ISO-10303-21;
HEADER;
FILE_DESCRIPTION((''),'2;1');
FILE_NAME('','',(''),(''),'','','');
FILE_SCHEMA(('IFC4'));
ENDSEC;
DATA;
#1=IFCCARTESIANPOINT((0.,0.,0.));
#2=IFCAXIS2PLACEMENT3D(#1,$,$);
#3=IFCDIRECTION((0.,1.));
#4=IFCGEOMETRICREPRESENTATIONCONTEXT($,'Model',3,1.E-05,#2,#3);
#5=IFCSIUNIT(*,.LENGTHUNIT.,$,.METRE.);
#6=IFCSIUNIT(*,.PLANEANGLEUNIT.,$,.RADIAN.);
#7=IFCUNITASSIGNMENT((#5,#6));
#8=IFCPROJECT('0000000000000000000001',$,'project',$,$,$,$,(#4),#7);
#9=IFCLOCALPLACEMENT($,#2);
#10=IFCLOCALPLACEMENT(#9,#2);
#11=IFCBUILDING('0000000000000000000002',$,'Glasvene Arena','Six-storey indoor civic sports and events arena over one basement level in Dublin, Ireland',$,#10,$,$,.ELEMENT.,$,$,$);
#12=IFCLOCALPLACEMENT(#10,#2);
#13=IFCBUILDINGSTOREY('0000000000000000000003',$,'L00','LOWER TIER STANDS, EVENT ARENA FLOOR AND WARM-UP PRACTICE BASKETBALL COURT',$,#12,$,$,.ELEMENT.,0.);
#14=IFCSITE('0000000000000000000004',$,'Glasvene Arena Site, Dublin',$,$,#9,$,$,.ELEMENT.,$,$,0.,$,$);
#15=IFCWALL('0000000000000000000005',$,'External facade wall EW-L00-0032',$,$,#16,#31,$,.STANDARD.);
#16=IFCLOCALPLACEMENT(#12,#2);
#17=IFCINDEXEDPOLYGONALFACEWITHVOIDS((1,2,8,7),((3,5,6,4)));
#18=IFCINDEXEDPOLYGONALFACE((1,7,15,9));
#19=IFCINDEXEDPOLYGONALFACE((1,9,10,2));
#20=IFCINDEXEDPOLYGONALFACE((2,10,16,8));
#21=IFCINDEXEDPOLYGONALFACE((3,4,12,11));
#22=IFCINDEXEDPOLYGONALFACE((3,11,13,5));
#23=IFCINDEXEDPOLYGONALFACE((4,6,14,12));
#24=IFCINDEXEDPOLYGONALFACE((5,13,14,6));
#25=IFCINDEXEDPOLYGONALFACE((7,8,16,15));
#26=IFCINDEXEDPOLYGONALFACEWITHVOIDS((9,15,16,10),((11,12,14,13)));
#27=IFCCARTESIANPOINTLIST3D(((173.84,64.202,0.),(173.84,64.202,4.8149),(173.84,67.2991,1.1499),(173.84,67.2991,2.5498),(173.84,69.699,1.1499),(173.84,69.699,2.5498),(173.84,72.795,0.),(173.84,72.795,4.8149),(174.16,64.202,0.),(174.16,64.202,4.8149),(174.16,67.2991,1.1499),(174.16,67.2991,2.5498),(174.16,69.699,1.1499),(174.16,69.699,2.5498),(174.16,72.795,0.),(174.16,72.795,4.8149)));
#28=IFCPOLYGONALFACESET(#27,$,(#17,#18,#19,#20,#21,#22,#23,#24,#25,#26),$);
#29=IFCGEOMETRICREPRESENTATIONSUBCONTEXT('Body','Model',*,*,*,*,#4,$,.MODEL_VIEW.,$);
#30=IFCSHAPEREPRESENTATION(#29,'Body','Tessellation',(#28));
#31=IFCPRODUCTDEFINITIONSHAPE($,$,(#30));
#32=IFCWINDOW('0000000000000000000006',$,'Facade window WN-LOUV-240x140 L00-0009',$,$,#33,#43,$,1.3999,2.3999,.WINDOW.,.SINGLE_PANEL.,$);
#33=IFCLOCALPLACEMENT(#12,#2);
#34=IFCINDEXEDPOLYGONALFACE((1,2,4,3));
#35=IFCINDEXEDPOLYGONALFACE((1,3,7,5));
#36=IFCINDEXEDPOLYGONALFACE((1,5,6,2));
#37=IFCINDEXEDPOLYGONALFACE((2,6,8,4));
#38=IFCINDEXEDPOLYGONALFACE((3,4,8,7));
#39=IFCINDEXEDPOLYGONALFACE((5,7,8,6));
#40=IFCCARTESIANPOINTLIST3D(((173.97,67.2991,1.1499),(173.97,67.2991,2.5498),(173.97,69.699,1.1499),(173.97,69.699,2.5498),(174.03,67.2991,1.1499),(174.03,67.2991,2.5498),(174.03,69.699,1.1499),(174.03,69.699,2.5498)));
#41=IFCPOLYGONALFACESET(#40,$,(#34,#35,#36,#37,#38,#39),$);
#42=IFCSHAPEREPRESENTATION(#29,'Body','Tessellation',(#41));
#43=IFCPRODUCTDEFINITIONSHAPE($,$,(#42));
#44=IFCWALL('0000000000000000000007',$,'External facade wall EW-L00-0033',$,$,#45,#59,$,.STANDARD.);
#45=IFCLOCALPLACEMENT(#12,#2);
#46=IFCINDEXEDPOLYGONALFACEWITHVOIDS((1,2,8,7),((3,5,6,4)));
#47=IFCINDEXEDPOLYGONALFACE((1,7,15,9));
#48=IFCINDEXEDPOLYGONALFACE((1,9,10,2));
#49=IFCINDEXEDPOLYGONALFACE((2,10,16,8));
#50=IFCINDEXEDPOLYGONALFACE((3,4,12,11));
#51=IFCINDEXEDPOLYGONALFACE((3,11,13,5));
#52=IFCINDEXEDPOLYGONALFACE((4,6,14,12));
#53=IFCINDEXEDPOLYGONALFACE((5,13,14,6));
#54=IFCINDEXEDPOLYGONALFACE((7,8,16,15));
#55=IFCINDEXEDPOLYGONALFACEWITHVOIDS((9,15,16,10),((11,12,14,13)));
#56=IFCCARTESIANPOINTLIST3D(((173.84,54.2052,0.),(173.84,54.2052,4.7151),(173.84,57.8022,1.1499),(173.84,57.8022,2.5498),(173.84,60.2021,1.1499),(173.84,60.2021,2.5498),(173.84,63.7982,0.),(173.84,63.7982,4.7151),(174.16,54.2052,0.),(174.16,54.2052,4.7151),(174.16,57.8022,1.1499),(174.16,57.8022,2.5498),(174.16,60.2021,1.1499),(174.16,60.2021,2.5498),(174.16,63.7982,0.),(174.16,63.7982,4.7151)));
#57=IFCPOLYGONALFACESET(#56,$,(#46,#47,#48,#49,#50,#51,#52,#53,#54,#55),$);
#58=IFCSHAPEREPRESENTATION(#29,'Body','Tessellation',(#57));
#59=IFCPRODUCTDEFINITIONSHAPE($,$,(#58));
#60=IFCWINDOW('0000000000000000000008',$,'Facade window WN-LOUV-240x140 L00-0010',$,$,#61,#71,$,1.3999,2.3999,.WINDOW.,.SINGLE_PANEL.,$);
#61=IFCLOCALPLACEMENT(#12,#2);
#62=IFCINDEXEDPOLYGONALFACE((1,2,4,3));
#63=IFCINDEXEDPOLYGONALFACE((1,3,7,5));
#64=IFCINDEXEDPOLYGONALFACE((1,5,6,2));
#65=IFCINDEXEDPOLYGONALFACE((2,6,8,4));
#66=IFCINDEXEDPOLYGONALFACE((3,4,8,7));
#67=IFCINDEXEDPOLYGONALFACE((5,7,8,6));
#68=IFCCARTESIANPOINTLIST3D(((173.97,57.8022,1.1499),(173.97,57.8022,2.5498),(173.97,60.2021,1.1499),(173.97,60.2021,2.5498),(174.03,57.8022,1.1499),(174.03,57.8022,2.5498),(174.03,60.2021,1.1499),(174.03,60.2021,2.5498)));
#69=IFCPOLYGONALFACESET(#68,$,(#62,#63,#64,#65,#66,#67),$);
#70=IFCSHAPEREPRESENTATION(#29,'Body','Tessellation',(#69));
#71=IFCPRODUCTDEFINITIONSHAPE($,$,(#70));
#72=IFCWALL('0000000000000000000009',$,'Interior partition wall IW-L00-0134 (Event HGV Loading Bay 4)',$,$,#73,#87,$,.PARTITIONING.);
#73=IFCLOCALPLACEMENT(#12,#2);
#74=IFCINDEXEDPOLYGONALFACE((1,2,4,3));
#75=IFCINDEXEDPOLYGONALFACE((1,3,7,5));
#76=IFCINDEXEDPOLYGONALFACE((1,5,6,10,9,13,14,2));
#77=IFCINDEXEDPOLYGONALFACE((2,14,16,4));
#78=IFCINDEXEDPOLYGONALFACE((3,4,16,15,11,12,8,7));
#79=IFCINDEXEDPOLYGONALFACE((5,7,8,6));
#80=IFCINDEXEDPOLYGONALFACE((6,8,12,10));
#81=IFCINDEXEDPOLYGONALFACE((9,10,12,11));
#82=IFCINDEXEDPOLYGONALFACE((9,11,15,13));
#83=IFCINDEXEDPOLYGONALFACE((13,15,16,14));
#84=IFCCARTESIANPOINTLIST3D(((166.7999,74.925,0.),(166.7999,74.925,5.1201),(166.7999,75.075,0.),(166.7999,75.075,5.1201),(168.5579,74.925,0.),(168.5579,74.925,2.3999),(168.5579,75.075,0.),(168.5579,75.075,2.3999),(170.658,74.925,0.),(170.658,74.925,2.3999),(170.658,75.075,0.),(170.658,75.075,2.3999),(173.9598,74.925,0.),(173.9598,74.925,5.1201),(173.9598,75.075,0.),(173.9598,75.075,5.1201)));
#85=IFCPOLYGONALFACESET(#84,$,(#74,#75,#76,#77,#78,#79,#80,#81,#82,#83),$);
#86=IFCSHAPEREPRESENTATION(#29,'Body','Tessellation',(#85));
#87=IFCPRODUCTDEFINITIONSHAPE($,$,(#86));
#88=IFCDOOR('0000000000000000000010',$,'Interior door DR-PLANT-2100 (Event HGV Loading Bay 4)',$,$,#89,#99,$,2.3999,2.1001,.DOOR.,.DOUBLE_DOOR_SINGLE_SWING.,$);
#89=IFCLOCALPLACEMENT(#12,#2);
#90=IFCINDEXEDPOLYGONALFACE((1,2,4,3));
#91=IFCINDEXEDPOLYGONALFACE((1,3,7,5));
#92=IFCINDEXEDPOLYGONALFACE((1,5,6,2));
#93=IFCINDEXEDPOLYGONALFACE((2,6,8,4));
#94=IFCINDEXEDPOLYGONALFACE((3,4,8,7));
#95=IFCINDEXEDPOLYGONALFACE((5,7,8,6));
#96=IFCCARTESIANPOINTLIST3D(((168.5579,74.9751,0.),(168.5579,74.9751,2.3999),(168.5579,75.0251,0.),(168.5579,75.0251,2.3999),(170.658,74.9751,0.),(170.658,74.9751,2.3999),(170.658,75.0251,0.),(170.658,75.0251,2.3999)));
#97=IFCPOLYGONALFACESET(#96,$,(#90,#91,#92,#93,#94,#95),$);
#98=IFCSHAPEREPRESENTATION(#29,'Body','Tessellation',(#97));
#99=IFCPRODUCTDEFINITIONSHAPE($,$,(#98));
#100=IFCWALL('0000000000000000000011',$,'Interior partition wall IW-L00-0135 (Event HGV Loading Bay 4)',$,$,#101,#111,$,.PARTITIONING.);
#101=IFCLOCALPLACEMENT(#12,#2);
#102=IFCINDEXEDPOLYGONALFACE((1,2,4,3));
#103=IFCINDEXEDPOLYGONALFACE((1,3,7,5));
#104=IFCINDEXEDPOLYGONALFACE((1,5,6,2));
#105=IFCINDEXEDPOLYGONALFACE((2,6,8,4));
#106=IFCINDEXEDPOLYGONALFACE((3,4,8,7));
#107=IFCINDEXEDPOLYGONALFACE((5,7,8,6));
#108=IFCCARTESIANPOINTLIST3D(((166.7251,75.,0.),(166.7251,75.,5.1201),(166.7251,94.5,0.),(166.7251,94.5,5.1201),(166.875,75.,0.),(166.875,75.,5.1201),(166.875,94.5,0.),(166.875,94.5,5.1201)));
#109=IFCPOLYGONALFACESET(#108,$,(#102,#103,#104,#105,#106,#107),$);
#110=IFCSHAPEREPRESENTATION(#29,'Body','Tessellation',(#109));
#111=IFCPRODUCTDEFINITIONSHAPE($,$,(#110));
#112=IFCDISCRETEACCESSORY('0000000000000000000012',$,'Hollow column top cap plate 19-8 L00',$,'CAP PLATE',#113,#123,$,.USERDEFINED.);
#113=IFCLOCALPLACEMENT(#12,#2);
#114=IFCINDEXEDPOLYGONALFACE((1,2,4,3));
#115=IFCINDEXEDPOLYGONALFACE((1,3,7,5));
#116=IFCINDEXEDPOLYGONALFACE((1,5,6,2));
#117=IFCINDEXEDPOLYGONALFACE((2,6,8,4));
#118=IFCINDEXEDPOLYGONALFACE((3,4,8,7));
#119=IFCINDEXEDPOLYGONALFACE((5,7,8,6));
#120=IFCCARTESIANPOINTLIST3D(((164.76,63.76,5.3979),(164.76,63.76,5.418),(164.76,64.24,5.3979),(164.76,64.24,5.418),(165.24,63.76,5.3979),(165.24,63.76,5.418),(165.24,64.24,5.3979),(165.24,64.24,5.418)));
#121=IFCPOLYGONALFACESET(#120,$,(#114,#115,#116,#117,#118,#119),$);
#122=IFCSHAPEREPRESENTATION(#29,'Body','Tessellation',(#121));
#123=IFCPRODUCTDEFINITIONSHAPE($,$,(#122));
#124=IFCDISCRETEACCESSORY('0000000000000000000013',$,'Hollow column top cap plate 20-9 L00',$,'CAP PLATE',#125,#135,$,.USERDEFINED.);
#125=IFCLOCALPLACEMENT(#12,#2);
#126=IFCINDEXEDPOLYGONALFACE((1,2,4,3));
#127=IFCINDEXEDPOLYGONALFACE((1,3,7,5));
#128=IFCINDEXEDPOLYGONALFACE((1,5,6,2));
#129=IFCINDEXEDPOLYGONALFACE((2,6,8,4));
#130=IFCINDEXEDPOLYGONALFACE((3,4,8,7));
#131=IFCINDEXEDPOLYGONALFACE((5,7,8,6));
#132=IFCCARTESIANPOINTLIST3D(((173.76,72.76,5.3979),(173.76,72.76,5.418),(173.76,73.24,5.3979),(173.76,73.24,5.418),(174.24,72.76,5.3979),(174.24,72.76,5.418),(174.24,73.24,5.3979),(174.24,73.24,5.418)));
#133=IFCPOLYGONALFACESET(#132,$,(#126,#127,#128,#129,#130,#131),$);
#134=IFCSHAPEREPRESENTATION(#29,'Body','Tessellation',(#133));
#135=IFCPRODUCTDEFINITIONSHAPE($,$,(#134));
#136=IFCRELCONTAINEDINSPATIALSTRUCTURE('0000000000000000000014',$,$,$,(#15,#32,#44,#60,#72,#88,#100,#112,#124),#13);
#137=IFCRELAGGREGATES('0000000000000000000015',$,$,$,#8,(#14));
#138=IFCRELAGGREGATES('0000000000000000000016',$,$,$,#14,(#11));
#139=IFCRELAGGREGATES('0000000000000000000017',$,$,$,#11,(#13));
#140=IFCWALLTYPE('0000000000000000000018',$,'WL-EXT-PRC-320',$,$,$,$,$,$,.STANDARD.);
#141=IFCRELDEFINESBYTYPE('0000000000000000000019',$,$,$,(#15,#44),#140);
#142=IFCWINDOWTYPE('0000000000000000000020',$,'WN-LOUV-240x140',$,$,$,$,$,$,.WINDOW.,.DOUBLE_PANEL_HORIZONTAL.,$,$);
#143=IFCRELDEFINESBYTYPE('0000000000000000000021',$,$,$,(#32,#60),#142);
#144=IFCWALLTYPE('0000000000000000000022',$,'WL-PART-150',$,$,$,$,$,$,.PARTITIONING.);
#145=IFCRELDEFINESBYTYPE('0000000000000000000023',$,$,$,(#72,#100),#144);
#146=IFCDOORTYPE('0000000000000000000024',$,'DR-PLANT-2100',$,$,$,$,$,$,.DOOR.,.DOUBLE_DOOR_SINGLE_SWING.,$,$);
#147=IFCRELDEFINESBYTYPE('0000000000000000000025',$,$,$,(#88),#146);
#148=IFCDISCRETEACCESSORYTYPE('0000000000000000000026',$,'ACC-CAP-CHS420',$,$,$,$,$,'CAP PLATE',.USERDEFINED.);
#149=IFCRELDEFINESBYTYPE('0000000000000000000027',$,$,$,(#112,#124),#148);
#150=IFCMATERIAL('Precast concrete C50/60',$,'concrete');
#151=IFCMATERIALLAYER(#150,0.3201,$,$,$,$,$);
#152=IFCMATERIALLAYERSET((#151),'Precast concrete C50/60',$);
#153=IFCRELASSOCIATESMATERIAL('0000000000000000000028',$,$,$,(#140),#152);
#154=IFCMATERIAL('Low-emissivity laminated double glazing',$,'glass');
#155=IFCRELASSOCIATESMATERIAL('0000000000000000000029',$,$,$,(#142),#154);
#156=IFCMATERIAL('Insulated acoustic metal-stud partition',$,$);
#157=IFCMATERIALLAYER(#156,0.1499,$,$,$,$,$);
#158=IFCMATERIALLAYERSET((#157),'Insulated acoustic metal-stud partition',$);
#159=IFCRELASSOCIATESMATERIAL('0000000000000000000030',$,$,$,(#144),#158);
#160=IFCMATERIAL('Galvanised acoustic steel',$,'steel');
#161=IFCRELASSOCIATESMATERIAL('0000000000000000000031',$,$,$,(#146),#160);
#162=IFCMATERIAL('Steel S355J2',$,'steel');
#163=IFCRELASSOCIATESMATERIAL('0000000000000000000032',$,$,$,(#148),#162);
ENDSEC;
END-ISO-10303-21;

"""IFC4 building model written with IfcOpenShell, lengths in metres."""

from ifc_helpers import new_model, si_unit, direction, frame, frame_2d, origin, origin_2d, place, context, subcontext, project, spatial, rectangle, extrude, material, layer, layer_set, type_object, element, fill, save


model = new_model("IFC4")

# Units and contexts
model_context = context("Model", 3, precision=1e-05, world=origin(), true_north=direction((0.0, 1.0)))
body_context = subcontext(model_context, "Body", "Model", "MODEL_VIEW")
ifc_project = project(units=[si_unit("LENGTHUNIT", "METRE"), si_unit("PLANEANGLEUNIT", "RADIAN")], contexts=[model_context])

# Site, building, storey
site_placement = place(None, origin())
site = spatial("IfcSite", under=ifc_project, at=site_placement, Name="Glasvene Arena Site, Dublin", CompositionType="ELEMENT", RefElevation=0.0)
building_placement = place(site_placement, origin())
building = spatial("IfcBuilding", under=site, at=building_placement, Name="Glasvene Arena", Description="Six-storey indoor civic sports and events arena over one basement level in Dublin, Ireland", CompositionType="ELEMENT")
storey_placement = place(building_placement, origin())
storey = spatial("IfcBuildingStorey", under=building, at=storey_placement, Name="L00", Description="LOWER TIER STANDS, EVENT ARENA FLOOR AND WARM-UP PRACTICE BASKETBALL COURT", CompositionType="ELEMENT", Elevation=0.0)

# Shared definitions
ifc_material_1 = material(Name="Steel S355J2", Category="steel")

# Walls, openings, windows
ifc_material_2 = material(Name="Precast concrete C50/60", Category="concrete")
ifc_layer_1 = layer(ifc_material_2, 0.3201)
ifc_layer_set_1 = layer_set([ifc_layer_1], Name="Precast concrete C50/60")
wall_type_1 = type_object("IfcWallType", Name="WL-EXT-PRC-320", PredefinedType="STANDARD", material=ifc_layer_set_1)
wall_1_placement = place(storey_placement, frame((174.0, 72.7949, 0.0), z_axis=(0.0, 0.0, 1.0), x_axis=(0.0, -1.0, 0.0)))
wall_1 = element("IfcWall", 1, at=wall_1_placement, inside=storey, type_object=wall_type_1, Name="External facade wall EW-L00-0032", PredefinedType="STANDARD", context=body_context, shape_type="SweptSolid", body=[
    extrude(rectangle(XDim=8.593, YDim=0.3201, at=frame_2d((4.2964, 0.0))), origin(), (0.0, 0.0, 1.0), 4.8149),
])
opening_1_placement = place(wall_1_placement, frame((3.0959, 0.0, 1.1499)))
opening_1 = element("IfcOpeningElement", 2, at=opening_1_placement, cuts=wall_1, PredefinedType="OPENING", context=body_context, shape_type="SweptSolid", body=[
    extrude(rectangle(XDim=2.3999, YDim=1.3999, at=frame_2d((1.2, 0.7))), frame((0.0, 0.1699, 0.0), z_axis=(0.0, -1.0, 0.0), x_axis=(1.0, 0.0, 0.0)), (0.0, 0.0, 1.0), 0.3401),
])
ifc_material_3 = material(Name="Low-emissivity laminated double glazing", Category="glass")
window_type = type_object("IfcWindowType", Name="WN-LOUV-240x140", PartitioningType="DOUBLE_PANEL_HORIZONTAL", PredefinedType="WINDOW", material=ifc_material_3)
window_1_placement = place(opening_1_placement, origin())
window_1 = element("IfcWindow", 3, at=window_1_placement, inside=storey, type_object=window_type, Name="Facade window WN-LOUV-240x140 L00-0009", OverallHeight=1.3999, OverallWidth=2.3999, PartitioningType="SINGLE_PANEL", PredefinedType="WINDOW", context=body_context, shape_type="SweptSolid", body=[
    extrude(rectangle(XDim=2.3999, YDim=1.3999, at=frame_2d((1.2, 0.7))), frame((0.0, 0.03, 0.0), z_axis=(0.0, -1.0, 0.0), x_axis=(1.0, 0.0, 0.0)), (0.0, 0.0, 1.0), 0.0601),
])
fill(opening_1, window_1)
wall_2_placement = place(storey_placement, frame((174.0, 63.7981, 0.0), z_axis=(0.0, 0.0, 1.0), x_axis=(0.0, -1.0, 0.0)))
wall_2 = element("IfcWall", 4, at=wall_2_placement, inside=storey, type_object=wall_type_1, Name="External facade wall EW-L00-0033", PredefinedType="STANDARD", context=body_context, shape_type="SweptSolid", body=[
    extrude(rectangle(XDim=9.593, YDim=0.3201, at=frame_2d((4.7964, 0.0))), origin(), (0.0, 0.0, 1.0), 4.7151),
])
opening_2_placement = place(wall_2_placement, frame((3.5959, 0.0, 1.1499)))
opening_2 = element("IfcOpeningElement", 5, at=opening_2_placement, cuts=wall_2, PredefinedType="OPENING", context=body_context, shape_type="SweptSolid", body=[
    extrude(rectangle(XDim=2.3999, YDim=1.3999, at=frame_2d((1.2, 0.7))), frame((0.0, 0.1699, 0.0), z_axis=(0.0, -1.0, 0.0), x_axis=(1.0, 0.0, 0.0)), (0.0, 0.0, 1.0), 0.3401),
])
window_2_placement = place(opening_2_placement, origin())
window_2 = element("IfcWindow", 6, at=window_2_placement, inside=storey, type_object=window_type, Name="Facade window WN-LOUV-240x140 L00-0010", OverallHeight=1.3999, OverallWidth=2.3999, PartitioningType="SINGLE_PANEL", PredefinedType="WINDOW", context=body_context, shape_type="SweptSolid", body=[
    extrude(rectangle(XDim=2.3999, YDim=1.3999, at=frame_2d((1.2, 0.7))), frame((0.0, 0.03, 0.0), z_axis=(0.0, -1.0, 0.0), x_axis=(1.0, 0.0, 0.0)), (0.0, 0.0, 1.0), 0.0601),
])
fill(opening_2, window_2)

# Wall, opening, door
ifc_material_4 = material(Name="Insulated acoustic metal-stud partition")
ifc_layer_2 = layer(ifc_material_4, 0.1499)
ifc_layer_set_2 = layer_set([ifc_layer_2], Name="Insulated acoustic metal-stud partition")
wall_type_2 = type_object("IfcWallType", Name="WL-PART-150", PredefinedType="PARTITIONING", material=ifc_layer_set_2)
wall_3_placement = place(storey_placement, frame((173.96, 75.0, 0.0), z_axis=(0.0, 0.0, 1.0), x_axis=(-1.0, 0.0, 0.0)))
wall_3 = element("IfcWall", 7, at=wall_3_placement, inside=storey, type_object=wall_type_2, Name="Interior partition wall IW-L00-0134 (Event HGV Loading Bay 4)", PredefinedType="PARTITIONING", context=body_context, shape_type="SweptSolid", body=[
    extrude(rectangle(XDim=7.1599, YDim=0.1499, at=frame_2d((3.5801, 0.0))), origin(), (0.0, 0.0, 1.0), 5.1201),
])
opening_3_placement = place(wall_3_placement, frame((3.302, 0.0, 0.0)))
opening_3 = element("IfcOpeningElement", 8, at=opening_3_placement, cuts=wall_3, PredefinedType="OPENING", context=body_context, shape_type="SweptSolid", body=[
    extrude(rectangle(XDim=2.1001, YDim=2.3999, at=frame_2d((1.05, 1.2))), frame((0.0, 0.085, 0.0), z_axis=(0.0, -1.0, 0.0), x_axis=(1.0, 0.0, 0.0)), (0.0, 0.0, 1.0), 0.1699),
])
ifc_material_5 = material(Name="Galvanised acoustic steel", Category="steel")
door_type = type_object("IfcDoorType", Name="DR-PLANT-2100", OperationType="DOUBLE_DOOR_SINGLE_SWING", PredefinedType="DOOR", material=ifc_material_5)
door_placement = place(opening_3_placement, origin())
door = element("IfcDoor", 9, at=door_placement, inside=storey, type_object=door_type, Name="Interior door DR-PLANT-2100 (Event HGV Loading Bay 4)", OperationType="DOUBLE_DOOR_SINGLE_SWING", OverallHeight=2.3999, OverallWidth=2.1001, PredefinedType="DOOR", context=body_context, shape_type="SweptSolid", body=[
    extrude(rectangle(XDim=2.1001, YDim=2.3999, at=frame_2d((1.05, 1.2))), frame((0.0, 0.0249, 0.0), z_axis=(0.0, -1.0, 0.0), x_axis=(1.0, 0.0, 0.0)), (0.0, 0.0, 1.0), 0.05),
])
fill(opening_3, door)

# Wall
wall_4_placement = place(storey_placement, frame((166.8, 75.0, 0.0), z_axis=(0.0, 0.0, 1.0), x_axis=(0.0, 1.0, 0.0)))
element("IfcWall", 10, at=wall_4_placement, inside=storey, type_object=wall_type_2, Name="Interior partition wall IW-L00-0135 (Event HGV Loading Bay 4)", PredefinedType="PARTITIONING", context=body_context, shape_type="SweptSolid", body=[
    extrude(rectangle(XDim=19.5, YDim=0.1499, at=frame_2d((9.75, 0.0))), origin(), (0.0, 0.0, 1.0), 5.1201),
])

# Discrete accessories
discrete_accessory_type = type_object("IfcDiscreteAccessoryType", Name="ACC-CAP-CHS420", ElementType="CAP PLATE", PredefinedType="USERDEFINED", material=ifc_material_1)
for number, where, z_axis, x_axis, name in (
    (11, (165.0, 64.0, 5.3979), (0.0, 0.0, 1.0), (1.0, 0.0, 0.0), "Hollow column top cap plate 19-8 L00"),
    (12, (174.0, 73.0, 5.3979), (0.0, 0.0, 1.0), (1.0, 0.0, 0.0), "Hollow column top cap plate 20-9 L00"),
):
    element("IfcDiscreteAccessory", number, at=place(storey_placement, frame(where, z_axis=z_axis, x_axis=x_axis)), inside=storey, type_object=discrete_accessory_type, Name=name, ObjectType="CAP PLATE", PredefinedType="USERDEFINED", context=body_context, shape_type="SweptSolid", body=[
        extrude(rectangle(XDim=0.48, YDim=0.48, at=origin_2d()), origin(), (0.0, 0.0, 1.0), 0.02),
    ])

save(model, "model.ifc")
